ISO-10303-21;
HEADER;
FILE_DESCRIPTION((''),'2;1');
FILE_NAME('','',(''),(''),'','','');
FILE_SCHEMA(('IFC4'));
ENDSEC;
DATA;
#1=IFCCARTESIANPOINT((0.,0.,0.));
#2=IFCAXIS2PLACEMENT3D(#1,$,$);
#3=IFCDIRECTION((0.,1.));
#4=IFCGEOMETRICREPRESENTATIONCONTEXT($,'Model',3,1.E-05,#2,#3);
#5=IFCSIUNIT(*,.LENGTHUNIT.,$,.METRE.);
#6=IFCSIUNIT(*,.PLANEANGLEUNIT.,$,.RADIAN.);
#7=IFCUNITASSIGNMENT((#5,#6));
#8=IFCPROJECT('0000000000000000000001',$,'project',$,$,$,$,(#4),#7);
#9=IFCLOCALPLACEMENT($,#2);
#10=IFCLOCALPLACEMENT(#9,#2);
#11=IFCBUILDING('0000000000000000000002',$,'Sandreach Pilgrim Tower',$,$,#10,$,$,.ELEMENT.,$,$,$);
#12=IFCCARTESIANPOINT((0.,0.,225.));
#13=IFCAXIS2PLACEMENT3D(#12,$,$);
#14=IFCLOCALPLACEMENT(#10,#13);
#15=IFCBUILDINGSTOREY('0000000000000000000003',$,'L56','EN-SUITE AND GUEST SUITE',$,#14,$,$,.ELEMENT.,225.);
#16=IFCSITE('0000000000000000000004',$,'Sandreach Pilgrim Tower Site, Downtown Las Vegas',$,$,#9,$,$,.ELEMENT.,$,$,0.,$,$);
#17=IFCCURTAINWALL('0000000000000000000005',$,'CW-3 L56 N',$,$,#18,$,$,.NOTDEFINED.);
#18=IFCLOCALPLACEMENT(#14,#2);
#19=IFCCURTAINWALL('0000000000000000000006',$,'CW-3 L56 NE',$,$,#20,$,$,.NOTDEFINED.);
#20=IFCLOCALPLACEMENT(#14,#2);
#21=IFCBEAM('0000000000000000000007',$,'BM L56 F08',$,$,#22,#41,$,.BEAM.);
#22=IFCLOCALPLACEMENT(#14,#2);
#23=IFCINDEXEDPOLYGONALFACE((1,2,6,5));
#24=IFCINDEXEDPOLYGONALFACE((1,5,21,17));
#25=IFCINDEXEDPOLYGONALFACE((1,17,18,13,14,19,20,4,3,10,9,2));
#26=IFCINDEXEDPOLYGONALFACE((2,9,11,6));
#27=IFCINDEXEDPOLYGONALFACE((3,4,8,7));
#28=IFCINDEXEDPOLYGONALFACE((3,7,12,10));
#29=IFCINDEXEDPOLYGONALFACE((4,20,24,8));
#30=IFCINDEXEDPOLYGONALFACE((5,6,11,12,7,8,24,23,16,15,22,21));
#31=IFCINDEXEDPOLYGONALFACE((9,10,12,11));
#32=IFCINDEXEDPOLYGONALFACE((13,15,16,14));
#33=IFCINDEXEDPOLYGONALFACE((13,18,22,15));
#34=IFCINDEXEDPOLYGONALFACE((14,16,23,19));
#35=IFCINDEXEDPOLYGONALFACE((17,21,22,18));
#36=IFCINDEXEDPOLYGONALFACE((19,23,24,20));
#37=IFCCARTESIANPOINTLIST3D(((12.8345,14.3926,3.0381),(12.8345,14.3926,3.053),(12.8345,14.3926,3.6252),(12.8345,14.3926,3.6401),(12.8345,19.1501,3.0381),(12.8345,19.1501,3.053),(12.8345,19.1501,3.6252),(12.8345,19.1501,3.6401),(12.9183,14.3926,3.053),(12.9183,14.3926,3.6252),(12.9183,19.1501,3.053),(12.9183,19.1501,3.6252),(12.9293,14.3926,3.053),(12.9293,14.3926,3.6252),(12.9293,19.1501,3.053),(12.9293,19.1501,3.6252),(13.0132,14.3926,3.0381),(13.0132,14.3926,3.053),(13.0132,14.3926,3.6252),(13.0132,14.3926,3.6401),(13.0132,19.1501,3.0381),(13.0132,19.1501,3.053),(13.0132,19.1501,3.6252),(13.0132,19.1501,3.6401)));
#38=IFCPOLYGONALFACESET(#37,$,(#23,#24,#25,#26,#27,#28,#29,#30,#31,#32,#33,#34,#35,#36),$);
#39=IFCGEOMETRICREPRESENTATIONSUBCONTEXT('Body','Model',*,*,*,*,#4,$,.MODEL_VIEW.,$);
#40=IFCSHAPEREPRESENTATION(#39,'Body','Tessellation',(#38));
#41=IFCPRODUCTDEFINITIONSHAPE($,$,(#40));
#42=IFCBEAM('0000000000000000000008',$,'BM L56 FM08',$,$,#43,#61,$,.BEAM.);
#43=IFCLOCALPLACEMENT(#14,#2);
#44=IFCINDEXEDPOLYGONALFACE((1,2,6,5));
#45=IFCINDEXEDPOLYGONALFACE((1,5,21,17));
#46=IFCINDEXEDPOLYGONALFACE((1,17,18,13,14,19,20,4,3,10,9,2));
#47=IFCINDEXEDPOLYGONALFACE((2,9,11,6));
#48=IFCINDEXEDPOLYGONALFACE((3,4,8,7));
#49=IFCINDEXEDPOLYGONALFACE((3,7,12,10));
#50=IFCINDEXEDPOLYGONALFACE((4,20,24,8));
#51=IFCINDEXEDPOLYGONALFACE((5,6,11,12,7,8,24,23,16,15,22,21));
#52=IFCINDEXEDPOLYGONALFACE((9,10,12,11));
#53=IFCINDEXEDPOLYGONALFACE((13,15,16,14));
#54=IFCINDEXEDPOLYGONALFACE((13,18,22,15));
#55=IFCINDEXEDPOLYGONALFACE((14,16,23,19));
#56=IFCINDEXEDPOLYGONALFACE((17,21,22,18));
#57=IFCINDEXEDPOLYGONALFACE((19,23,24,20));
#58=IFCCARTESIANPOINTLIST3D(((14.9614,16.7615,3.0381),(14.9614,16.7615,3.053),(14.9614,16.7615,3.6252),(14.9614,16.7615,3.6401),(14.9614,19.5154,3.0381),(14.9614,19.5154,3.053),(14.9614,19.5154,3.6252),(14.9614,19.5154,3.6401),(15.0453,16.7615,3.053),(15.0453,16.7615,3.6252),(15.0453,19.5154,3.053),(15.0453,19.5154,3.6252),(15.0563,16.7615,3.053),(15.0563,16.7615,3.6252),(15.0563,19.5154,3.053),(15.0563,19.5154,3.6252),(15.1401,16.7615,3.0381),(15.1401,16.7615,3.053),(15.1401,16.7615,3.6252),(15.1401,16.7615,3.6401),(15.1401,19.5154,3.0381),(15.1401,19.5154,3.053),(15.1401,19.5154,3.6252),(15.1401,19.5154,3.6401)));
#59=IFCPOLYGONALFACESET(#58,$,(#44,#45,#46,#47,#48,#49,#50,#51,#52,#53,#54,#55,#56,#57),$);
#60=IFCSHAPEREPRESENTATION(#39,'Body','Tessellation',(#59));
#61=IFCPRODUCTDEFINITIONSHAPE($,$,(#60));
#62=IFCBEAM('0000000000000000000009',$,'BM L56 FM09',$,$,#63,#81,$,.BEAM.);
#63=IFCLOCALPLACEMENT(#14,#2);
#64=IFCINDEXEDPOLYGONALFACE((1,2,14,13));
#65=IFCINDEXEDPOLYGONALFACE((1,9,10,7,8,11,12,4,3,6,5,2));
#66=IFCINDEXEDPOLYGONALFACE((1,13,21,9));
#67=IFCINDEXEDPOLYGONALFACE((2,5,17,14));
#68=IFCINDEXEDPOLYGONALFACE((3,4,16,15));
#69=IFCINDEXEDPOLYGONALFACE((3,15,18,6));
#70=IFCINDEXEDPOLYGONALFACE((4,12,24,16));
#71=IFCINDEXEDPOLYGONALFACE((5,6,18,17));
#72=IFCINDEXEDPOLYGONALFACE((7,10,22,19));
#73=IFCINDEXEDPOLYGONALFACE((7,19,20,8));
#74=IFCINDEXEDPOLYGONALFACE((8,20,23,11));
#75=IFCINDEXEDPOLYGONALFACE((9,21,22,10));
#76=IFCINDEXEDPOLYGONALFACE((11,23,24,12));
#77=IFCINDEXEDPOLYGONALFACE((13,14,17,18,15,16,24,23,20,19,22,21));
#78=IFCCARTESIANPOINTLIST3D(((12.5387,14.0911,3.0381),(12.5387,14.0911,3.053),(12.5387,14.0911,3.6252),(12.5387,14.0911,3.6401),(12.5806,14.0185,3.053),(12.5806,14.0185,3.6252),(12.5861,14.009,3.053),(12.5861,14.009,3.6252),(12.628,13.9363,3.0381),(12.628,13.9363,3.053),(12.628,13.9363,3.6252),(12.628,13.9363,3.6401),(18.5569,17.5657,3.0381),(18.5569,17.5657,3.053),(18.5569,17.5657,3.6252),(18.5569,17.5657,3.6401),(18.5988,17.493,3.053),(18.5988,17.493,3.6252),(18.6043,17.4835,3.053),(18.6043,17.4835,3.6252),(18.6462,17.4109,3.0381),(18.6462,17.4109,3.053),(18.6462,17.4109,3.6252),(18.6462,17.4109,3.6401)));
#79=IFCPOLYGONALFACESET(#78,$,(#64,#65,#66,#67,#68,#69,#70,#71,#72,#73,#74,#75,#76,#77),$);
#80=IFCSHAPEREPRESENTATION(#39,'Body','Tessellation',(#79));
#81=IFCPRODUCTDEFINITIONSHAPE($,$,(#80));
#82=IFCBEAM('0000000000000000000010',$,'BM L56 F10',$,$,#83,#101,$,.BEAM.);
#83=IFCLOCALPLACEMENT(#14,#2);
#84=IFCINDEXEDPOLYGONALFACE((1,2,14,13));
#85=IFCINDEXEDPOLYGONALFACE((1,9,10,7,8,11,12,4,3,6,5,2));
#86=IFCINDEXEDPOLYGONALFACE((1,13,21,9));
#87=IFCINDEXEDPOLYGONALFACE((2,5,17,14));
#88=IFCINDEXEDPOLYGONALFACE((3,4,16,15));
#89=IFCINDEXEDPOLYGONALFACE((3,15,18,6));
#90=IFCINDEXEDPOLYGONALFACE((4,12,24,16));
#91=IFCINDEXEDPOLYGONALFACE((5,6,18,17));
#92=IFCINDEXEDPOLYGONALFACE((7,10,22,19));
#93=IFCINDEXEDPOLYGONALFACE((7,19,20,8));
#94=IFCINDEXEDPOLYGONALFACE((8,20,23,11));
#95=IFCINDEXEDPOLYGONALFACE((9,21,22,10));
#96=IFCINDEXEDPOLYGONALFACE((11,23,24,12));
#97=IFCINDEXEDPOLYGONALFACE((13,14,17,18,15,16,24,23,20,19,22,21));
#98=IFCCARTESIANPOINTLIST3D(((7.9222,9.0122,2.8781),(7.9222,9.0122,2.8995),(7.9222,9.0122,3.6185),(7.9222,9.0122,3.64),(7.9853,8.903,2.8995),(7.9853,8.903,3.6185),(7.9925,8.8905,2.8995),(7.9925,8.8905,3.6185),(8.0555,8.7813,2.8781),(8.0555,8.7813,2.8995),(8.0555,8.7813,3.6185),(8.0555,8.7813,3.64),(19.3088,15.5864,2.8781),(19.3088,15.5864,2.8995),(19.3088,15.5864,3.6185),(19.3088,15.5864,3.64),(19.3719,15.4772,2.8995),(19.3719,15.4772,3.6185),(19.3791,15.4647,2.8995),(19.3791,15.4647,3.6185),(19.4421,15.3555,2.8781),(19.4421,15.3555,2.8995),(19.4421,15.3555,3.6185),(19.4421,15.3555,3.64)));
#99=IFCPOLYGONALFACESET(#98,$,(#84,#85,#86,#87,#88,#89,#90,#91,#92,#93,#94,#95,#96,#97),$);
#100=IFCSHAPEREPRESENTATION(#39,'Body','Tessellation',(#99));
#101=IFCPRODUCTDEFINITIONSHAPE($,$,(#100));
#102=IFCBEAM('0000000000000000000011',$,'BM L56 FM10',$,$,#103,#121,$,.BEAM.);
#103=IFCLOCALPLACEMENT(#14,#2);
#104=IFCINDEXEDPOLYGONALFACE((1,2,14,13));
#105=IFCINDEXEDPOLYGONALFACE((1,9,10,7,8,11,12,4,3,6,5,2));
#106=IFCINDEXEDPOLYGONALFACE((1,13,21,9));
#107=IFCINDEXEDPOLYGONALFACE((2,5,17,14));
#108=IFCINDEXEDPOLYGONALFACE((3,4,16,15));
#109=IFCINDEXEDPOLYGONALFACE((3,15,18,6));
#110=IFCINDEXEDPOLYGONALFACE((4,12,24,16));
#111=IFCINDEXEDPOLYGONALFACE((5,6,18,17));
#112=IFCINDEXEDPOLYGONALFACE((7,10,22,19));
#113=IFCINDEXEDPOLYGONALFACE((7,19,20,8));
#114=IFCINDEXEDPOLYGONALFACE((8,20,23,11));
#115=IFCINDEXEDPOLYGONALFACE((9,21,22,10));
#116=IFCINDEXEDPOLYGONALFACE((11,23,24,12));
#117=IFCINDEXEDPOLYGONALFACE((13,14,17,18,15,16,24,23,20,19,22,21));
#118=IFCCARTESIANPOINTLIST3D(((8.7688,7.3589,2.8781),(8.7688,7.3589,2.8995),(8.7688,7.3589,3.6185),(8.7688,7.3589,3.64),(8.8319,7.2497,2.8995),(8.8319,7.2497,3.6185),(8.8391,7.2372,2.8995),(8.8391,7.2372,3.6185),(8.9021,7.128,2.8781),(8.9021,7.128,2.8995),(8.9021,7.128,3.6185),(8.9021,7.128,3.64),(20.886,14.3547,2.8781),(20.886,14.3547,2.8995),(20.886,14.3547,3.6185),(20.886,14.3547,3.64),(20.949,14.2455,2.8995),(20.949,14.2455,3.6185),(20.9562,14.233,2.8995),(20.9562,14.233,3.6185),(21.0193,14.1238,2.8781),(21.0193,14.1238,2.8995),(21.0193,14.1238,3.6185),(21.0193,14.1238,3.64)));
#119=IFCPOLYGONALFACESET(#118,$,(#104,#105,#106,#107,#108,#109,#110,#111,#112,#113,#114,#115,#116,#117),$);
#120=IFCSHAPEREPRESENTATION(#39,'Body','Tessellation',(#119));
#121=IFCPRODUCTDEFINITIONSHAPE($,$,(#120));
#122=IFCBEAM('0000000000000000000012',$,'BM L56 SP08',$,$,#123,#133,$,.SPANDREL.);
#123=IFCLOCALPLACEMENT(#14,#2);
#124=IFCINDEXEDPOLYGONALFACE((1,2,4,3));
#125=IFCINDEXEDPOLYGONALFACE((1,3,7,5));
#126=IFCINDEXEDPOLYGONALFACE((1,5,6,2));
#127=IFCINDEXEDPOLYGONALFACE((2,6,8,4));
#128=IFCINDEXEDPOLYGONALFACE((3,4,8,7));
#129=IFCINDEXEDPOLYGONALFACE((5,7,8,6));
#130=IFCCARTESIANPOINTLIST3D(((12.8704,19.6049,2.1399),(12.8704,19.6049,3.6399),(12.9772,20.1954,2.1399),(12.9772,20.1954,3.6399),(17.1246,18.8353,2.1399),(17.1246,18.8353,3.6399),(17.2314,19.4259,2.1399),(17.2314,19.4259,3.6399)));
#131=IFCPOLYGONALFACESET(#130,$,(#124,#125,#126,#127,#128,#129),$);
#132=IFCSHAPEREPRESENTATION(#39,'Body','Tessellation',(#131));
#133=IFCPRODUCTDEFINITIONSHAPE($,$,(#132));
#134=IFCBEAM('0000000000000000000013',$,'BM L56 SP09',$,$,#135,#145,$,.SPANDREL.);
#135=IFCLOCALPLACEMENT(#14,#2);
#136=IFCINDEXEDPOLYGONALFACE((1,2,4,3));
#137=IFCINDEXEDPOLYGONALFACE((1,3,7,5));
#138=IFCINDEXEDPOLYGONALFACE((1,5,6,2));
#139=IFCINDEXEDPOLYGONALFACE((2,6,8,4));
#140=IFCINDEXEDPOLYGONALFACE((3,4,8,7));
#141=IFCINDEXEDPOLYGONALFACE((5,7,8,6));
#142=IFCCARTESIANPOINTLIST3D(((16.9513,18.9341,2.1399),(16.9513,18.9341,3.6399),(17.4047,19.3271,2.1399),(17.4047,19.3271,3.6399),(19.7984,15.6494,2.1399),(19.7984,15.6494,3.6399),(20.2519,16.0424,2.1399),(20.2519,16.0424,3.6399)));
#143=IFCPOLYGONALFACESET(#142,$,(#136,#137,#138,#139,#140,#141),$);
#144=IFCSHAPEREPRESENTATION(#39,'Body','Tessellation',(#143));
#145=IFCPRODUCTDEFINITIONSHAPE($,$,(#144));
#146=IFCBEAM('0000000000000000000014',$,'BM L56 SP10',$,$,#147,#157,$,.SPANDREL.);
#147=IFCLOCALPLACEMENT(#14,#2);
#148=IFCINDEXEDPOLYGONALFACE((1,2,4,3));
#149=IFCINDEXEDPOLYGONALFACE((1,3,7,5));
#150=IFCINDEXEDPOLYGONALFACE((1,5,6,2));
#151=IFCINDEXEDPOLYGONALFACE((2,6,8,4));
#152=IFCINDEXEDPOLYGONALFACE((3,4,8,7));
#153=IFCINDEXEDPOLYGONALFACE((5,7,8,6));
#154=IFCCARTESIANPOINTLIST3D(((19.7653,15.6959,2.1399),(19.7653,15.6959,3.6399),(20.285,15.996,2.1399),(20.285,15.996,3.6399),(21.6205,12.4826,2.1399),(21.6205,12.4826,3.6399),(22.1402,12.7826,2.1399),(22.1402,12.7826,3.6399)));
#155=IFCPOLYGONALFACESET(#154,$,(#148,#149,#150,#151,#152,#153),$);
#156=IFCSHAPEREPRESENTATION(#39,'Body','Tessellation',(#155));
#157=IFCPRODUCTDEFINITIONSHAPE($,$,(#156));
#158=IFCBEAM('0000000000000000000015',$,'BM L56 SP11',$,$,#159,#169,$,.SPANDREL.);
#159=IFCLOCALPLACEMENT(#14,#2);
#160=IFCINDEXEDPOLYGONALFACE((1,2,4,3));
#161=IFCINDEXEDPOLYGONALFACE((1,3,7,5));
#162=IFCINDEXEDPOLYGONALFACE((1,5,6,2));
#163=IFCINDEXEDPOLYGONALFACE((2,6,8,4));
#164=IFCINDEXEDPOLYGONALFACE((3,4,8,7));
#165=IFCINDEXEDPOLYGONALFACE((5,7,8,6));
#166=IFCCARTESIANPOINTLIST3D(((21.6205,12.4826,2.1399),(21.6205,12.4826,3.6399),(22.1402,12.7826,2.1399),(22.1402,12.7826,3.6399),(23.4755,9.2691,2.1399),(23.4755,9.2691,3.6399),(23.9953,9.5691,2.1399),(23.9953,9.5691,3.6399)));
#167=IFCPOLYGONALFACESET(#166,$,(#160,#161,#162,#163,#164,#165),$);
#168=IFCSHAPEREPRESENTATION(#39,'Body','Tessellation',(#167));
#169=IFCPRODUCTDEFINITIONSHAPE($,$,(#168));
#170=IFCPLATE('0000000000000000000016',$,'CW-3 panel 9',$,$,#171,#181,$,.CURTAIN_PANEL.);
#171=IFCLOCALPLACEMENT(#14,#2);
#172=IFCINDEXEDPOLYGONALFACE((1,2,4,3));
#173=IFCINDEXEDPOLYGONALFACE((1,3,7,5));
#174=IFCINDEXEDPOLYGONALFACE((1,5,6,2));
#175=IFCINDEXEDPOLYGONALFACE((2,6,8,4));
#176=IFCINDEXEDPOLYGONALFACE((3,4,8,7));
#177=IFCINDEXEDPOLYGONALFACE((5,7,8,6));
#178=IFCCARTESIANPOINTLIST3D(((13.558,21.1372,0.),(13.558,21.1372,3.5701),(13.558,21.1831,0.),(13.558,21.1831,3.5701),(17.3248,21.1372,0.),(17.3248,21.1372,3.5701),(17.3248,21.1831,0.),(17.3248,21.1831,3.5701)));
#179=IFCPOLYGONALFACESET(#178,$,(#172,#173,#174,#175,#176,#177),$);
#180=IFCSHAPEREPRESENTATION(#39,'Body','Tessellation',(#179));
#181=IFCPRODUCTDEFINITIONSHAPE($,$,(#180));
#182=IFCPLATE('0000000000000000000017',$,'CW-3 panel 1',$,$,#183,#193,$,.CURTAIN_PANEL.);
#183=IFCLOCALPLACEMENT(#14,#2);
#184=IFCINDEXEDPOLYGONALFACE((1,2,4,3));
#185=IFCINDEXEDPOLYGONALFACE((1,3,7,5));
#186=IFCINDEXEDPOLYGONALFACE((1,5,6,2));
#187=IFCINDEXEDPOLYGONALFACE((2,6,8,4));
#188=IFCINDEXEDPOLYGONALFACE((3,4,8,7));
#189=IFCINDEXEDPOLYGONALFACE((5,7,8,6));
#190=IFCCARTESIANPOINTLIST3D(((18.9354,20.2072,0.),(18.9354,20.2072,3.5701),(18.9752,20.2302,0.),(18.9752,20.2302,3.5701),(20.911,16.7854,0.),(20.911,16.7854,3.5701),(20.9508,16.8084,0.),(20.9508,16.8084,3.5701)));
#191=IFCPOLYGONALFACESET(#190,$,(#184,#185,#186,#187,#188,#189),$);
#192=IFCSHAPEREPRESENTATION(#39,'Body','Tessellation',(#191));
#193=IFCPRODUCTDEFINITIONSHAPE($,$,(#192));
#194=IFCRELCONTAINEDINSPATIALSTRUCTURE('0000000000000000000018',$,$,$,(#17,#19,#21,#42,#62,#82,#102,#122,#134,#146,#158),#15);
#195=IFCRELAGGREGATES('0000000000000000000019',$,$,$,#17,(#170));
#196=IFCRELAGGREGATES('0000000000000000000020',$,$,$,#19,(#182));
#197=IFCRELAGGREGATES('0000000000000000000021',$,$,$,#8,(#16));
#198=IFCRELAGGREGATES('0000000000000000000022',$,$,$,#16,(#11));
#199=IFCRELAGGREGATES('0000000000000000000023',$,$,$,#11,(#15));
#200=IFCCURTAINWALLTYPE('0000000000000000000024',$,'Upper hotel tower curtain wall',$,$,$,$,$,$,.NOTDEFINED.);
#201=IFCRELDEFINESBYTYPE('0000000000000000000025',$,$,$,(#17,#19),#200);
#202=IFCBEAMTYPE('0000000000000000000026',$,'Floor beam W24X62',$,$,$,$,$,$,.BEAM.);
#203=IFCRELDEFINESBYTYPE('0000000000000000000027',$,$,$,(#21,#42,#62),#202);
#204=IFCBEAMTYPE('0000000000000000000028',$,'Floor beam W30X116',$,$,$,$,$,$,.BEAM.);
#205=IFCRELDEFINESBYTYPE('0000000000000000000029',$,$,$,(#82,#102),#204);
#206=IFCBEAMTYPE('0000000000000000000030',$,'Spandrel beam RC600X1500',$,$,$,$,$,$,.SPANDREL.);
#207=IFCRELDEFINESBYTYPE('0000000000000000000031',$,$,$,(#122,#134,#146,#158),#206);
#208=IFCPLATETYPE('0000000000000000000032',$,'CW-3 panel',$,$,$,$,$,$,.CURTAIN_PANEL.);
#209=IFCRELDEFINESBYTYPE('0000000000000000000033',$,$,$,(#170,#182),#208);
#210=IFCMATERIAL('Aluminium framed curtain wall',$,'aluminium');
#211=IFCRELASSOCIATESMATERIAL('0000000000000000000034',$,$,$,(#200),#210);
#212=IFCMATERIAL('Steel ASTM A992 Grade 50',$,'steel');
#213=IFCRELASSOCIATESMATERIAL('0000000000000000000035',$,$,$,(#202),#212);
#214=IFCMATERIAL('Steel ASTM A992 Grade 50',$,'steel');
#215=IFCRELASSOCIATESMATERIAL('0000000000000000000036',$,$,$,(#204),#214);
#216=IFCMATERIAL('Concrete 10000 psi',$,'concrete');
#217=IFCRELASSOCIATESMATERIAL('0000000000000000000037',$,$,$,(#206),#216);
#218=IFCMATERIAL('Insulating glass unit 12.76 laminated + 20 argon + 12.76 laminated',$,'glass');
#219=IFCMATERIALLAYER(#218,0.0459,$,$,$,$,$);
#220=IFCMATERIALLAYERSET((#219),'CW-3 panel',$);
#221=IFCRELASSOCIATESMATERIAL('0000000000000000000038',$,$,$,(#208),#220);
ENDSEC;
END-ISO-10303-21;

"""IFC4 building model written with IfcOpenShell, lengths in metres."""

from ifc_helpers import new_model, si_unit, direction, frame, origin, origin_2d, place, context, subcontext, project, spatial, rectangle, i_section, extrude, material, layer, layer_set, material_profile, profile_set, type_object, element, aggregate, save


model = new_model("IFC4")

# Units and contexts
model_context = context("Model", 3, precision=1e-05, world=origin(), true_north=direction((0.0, 1.0)))
body_context = subcontext(model_context, "Body", "Model", "MODEL_VIEW")
ifc_project = project(units=[si_unit("LENGTHUNIT", "METRE"), si_unit("PLANEANGLEUNIT", "RADIAN")], contexts=[model_context])

# Site, building, storey
site_placement = place(None, origin())
site = spatial("IfcSite", under=ifc_project, at=site_placement, Name="Sandreach Pilgrim Tower Site, Downtown Las Vegas", CompositionType="ELEMENT", RefElevation=0.0)
building_placement = place(site_placement, origin())
building = spatial("IfcBuilding", under=site, at=building_placement, Name="Sandreach Pilgrim Tower", CompositionType="ELEMENT")
storey_placement = place(building_placement, frame((0.0, 0.0, 225.0)))
storey = spatial("IfcBuildingStorey", under=building, at=storey_placement, Name="L56", Description="EN-SUITE AND GUEST SUITE", CompositionType="ELEMENT", Elevation=225.0)

# Curtain walls
ifc_material_1 = material(Name="Aluminium framed curtain wall", Category="aluminium")
curtain_wall_type = type_object("IfcCurtainWallType", Name="Upper hotel tower curtain wall", PredefinedType="NOTDEFINED", material=ifc_material_1)
curtain_wall_1_placement = place(storey_placement, origin())
curtain_wall_1 = element("IfcCurtainWall", 1, at=curtain_wall_1_placement, inside=storey, type_object=curtain_wall_type, Name="CW-3 L56 N", PredefinedType="NOTDEFINED")
curtain_wall_2_placement = place(storey_placement, origin())
curtain_wall_2 = element("IfcCurtainWall", 2, at=curtain_wall_2_placement, inside=storey, type_object=curtain_wall_type, Name="CW-3 L56 NE", PredefinedType="NOTDEFINED")

# Beams
ifc_material_2 = material(Name="Steel ASTM A992 Grade 50", Category="steel")
ifc_material_profile_1 = material_profile(ifc_material_2, i_section(OverallWidth=0.1787, OverallDepth=0.6021, WebThickness=0.011, FlangeThickness=0.0149, at=origin_2d()), Name="W24X62")
ifc_profile_set_1 = profile_set([ifc_material_profile_1], Name="Steel ASTM A992 Grade 50")
beam_type_1 = type_object("IfcBeamType", Name="Floor beam W24X62", PredefinedType="BEAM", material=ifc_profile_set_1)
beam_1_placement = place(storey_placement, frame((12.9238, 19.1501, 3.3391), z_axis=(0.0, -1.0, 0.0), x_axis=(1.0, 0.0, 0.0)))
element("IfcBeam", 3, at=beam_1_placement, inside=storey, type_object=beam_type_1, Name="BM L56 F08", PredefinedType="BEAM", context=body_context, shape_type="SweptSolid", body=[
    extrude(i_section(OverallWidth=0.1787, OverallDepth=0.6021, WebThickness=0.011, FlangeThickness=0.0149, at=origin_2d()), origin(), (0.0, 0.0, 1.0), 4.7576),
])
beam_2_placement = place(storey_placement, frame((15.0508, 19.5154, 3.3391), z_axis=(0.0, -1.0, 0.0), x_axis=(1.0, 0.0, 0.0)))
element("IfcBeam", 4, at=beam_2_placement, inside=storey, type_object=beam_type_1, Name="BM L56 FM08", PredefinedType="BEAM", context=body_context, shape_type="SweptSolid", body=[
    extrude(i_section(OverallWidth=0.1787, OverallDepth=0.6021, WebThickness=0.011, FlangeThickness=0.0149, at=origin_2d()), origin(), (0.0, 0.0, 1.0), 2.7539),
])
beam_3_placement = place(storey_placement, frame((18.6016, 17.4883, 3.3391), z_axis=(-0.866029, -0.499993, 0.0), x_axis=(0.499993, -0.866029, 0.0)))
element("IfcBeam", 5, at=beam_3_placement, inside=storey, type_object=beam_type_1, Name="BM L56 FM09", PredefinedType="BEAM", context=body_context, shape_type="SweptSolid", body=[
    extrude(i_section(OverallWidth=0.1787, OverallDepth=0.6021, WebThickness=0.011, FlangeThickness=0.0149, at=origin_2d()), origin(), (0.0, 0.0, 1.0), 6.9492),
])
ifc_material_3 = material(Name="Steel ASTM A992 Grade 50", Category="steel")
ifc_material_profile_2 = material_profile(ifc_material_3, i_section(OverallWidth=0.2666, OverallDepth=0.762, WebThickness=0.0144, FlangeThickness=0.0215, at=origin_2d()), Name="W30X116")
ifc_profile_set_2 = profile_set([ifc_material_profile_2], Name="Steel ASTM A992 Grade 50")
beam_type_2 = type_object("IfcBeamType", Name="Floor beam W30X116", PredefinedType="BEAM", material=ifc_profile_set_2)
beam_4_placement = place(storey_placement, frame((19.3755, 15.4709, 3.259), z_axis=(-0.866022, -0.500005, 0.0), x_axis=(0.500005, -0.866022, 0.0)))
element("IfcBeam", 6, at=beam_4_placement, inside=storey, type_object=beam_type_2, Name="BM L56 F10", PredefinedType="BEAM", context=body_context, shape_type="SweptSolid", body=[
    extrude(i_section(OverallWidth=0.2666, OverallDepth=0.762, WebThickness=0.0144, FlangeThickness=0.0215, at=origin_2d()), origin(), (0.0, 0.0, 1.0), 13.1482),
])
beam_5_placement = place(storey_placement, frame((20.9526, 14.2393, 3.259), z_axis=(-0.866026, -0.499999, 0.0), x_axis=(0.499999, -0.866026, 0.0)))
element("IfcBeam", 7, at=beam_5_placement, inside=storey, type_object=beam_type_2, Name="BM L56 FM10", PredefinedType="BEAM", context=body_context, shape_type="SweptSolid", body=[
    extrude(i_section(OverallWidth=0.2666, OverallDepth=0.762, WebThickness=0.0144, FlangeThickness=0.0215, at=origin_2d()), origin(), (0.0, 0.0, 1.0), 13.9917),
])
ifc_material_4 = material(Name="Concrete 10000 psi", Category="concrete")
ifc_material_profile_3 = material_profile(ifc_material_4, rectangle(XDim=0.6001, YDim=1.5, at=origin_2d()), Name="RC600X1500")
ifc_profile_set_3 = profile_set([ifc_material_profile_3], Name="Concrete 10000 psi")
beam_type_3 = type_object("IfcBeamType", Name="Spandrel beam RC600X1500", PredefinedType="SPANDREL", material=ifc_profile_set_3)
beam_6_placement = place(storey_placement, frame((12.9238, 19.9001, 2.8899), z_axis=(0.98403, -0.178001, 0.0), x_axis=(0.178001, 0.98403, 0.0)))
element("IfcBeam", 8, at=beam_6_placement, inside=storey, type_object=beam_type_3, Name="BM L56 SP08", PredefinedType="SPANDREL", context=body_context, shape_type="SweptSolid", body=[
    extrude(rectangle(XDim=0.6001, YDim=1.5, at=origin_2d()), origin(), (0.0, 0.0, 1.0), 4.3232),
])
beam_7_placement = place(storey_placement, frame((17.178, 19.1306, 2.8899), z_axis=(0.65499, -0.755637, 0.0), x_axis=(0.755637, 0.65499, 0.0)))
element("IfcBeam", 9, at=beam_7_placement, inside=storey, type_object=beam_type_3, Name="BM L56 SP09", PredefinedType="SPANDREL", context=body_context, shape_type="SweptSolid", body=[
    extrude(rectangle(XDim=0.6001, YDim=1.5, at=origin_2d()), origin(), (0.0, 0.0, 1.0), 4.3469),
])
for number, where, z_axis, x_axis, name in (
    (10, (20.0251, 15.8459, 2.8899), (0.499996, -0.866028, 0.0), (0.866028, 0.499996, 0.0), "BM L56 SP10"),
    (11, (21.8804, 12.6326, 2.8899), (0.499946, -0.866056, 0.0), (0.866056, 0.499946, 0.0), "BM L56 SP11"),
):
    element("IfcBeam", number, at=place(storey_placement, frame(where, z_axis=z_axis, x_axis=x_axis)), inside=storey, type_object=beam_type_3, Name=name, PredefinedType="SPANDREL", context=body_context, shape_type="SweptSolid", body=[
        extrude(rectangle(XDim=0.6001, YDim=1.5, at=origin_2d()), origin(), (0.0, 0.0, 1.0), 3.7104),
    ])

# Plates
ifc_material_5 = material(Name="Insulating glass unit 12.76 laminated + 20 argon + 12.76 laminated", Category="glass")
ifc_layer_1 = layer(ifc_material_5, 0.0459)
ifc_layer_set_1 = layer_set([ifc_layer_1], Name="CW-3 panel")
plate_type = type_object("IfcPlateType", Name="CW-3 panel", PredefinedType="CURTAIN_PANEL", material=ifc_layer_set_1)
plate_1_placement = place(storey_placement, frame((15.4414, 21.1602, 0.0), z_axis=(0.0, 0.0, 1.0), x_axis=(1.0, 0.0, 0.0)))
plate_1 = element("IfcPlate", 12, at=plate_1_placement, type_object=plate_type, Name="CW-3 panel 9", PredefinedType="CURTAIN_PANEL", context=body_context, shape_type="SweptSolid", body=[
    extrude(rectangle(XDim=3.7668, YDim=0.0459, at=origin_2d()), origin(), (0.0, 0.0, 1.0), 3.5701),
])
aggregate(curtain_wall_1, [plate_1])
plate_2_placement = place(storey_placement, frame((19.9431, 18.5078, 0.0), z_axis=(0.0, 0.0, 1.0), x_axis=(0.5, -0.866025, 0.0)))
plate_2 = element("IfcPlate", 13, at=plate_2_placement, type_object=plate_type, Name="CW-3 panel 1", PredefinedType="CURTAIN_PANEL", context=body_context, shape_type="SweptSolid", body=[
    extrude(rectangle(XDim=3.9512, YDim=0.0459, at=origin_2d()), origin(), (0.0, 0.0, 1.0), 3.5701),
])
aggregate(curtain_wall_2, [plate_2])

save(model, "model.ifc")
